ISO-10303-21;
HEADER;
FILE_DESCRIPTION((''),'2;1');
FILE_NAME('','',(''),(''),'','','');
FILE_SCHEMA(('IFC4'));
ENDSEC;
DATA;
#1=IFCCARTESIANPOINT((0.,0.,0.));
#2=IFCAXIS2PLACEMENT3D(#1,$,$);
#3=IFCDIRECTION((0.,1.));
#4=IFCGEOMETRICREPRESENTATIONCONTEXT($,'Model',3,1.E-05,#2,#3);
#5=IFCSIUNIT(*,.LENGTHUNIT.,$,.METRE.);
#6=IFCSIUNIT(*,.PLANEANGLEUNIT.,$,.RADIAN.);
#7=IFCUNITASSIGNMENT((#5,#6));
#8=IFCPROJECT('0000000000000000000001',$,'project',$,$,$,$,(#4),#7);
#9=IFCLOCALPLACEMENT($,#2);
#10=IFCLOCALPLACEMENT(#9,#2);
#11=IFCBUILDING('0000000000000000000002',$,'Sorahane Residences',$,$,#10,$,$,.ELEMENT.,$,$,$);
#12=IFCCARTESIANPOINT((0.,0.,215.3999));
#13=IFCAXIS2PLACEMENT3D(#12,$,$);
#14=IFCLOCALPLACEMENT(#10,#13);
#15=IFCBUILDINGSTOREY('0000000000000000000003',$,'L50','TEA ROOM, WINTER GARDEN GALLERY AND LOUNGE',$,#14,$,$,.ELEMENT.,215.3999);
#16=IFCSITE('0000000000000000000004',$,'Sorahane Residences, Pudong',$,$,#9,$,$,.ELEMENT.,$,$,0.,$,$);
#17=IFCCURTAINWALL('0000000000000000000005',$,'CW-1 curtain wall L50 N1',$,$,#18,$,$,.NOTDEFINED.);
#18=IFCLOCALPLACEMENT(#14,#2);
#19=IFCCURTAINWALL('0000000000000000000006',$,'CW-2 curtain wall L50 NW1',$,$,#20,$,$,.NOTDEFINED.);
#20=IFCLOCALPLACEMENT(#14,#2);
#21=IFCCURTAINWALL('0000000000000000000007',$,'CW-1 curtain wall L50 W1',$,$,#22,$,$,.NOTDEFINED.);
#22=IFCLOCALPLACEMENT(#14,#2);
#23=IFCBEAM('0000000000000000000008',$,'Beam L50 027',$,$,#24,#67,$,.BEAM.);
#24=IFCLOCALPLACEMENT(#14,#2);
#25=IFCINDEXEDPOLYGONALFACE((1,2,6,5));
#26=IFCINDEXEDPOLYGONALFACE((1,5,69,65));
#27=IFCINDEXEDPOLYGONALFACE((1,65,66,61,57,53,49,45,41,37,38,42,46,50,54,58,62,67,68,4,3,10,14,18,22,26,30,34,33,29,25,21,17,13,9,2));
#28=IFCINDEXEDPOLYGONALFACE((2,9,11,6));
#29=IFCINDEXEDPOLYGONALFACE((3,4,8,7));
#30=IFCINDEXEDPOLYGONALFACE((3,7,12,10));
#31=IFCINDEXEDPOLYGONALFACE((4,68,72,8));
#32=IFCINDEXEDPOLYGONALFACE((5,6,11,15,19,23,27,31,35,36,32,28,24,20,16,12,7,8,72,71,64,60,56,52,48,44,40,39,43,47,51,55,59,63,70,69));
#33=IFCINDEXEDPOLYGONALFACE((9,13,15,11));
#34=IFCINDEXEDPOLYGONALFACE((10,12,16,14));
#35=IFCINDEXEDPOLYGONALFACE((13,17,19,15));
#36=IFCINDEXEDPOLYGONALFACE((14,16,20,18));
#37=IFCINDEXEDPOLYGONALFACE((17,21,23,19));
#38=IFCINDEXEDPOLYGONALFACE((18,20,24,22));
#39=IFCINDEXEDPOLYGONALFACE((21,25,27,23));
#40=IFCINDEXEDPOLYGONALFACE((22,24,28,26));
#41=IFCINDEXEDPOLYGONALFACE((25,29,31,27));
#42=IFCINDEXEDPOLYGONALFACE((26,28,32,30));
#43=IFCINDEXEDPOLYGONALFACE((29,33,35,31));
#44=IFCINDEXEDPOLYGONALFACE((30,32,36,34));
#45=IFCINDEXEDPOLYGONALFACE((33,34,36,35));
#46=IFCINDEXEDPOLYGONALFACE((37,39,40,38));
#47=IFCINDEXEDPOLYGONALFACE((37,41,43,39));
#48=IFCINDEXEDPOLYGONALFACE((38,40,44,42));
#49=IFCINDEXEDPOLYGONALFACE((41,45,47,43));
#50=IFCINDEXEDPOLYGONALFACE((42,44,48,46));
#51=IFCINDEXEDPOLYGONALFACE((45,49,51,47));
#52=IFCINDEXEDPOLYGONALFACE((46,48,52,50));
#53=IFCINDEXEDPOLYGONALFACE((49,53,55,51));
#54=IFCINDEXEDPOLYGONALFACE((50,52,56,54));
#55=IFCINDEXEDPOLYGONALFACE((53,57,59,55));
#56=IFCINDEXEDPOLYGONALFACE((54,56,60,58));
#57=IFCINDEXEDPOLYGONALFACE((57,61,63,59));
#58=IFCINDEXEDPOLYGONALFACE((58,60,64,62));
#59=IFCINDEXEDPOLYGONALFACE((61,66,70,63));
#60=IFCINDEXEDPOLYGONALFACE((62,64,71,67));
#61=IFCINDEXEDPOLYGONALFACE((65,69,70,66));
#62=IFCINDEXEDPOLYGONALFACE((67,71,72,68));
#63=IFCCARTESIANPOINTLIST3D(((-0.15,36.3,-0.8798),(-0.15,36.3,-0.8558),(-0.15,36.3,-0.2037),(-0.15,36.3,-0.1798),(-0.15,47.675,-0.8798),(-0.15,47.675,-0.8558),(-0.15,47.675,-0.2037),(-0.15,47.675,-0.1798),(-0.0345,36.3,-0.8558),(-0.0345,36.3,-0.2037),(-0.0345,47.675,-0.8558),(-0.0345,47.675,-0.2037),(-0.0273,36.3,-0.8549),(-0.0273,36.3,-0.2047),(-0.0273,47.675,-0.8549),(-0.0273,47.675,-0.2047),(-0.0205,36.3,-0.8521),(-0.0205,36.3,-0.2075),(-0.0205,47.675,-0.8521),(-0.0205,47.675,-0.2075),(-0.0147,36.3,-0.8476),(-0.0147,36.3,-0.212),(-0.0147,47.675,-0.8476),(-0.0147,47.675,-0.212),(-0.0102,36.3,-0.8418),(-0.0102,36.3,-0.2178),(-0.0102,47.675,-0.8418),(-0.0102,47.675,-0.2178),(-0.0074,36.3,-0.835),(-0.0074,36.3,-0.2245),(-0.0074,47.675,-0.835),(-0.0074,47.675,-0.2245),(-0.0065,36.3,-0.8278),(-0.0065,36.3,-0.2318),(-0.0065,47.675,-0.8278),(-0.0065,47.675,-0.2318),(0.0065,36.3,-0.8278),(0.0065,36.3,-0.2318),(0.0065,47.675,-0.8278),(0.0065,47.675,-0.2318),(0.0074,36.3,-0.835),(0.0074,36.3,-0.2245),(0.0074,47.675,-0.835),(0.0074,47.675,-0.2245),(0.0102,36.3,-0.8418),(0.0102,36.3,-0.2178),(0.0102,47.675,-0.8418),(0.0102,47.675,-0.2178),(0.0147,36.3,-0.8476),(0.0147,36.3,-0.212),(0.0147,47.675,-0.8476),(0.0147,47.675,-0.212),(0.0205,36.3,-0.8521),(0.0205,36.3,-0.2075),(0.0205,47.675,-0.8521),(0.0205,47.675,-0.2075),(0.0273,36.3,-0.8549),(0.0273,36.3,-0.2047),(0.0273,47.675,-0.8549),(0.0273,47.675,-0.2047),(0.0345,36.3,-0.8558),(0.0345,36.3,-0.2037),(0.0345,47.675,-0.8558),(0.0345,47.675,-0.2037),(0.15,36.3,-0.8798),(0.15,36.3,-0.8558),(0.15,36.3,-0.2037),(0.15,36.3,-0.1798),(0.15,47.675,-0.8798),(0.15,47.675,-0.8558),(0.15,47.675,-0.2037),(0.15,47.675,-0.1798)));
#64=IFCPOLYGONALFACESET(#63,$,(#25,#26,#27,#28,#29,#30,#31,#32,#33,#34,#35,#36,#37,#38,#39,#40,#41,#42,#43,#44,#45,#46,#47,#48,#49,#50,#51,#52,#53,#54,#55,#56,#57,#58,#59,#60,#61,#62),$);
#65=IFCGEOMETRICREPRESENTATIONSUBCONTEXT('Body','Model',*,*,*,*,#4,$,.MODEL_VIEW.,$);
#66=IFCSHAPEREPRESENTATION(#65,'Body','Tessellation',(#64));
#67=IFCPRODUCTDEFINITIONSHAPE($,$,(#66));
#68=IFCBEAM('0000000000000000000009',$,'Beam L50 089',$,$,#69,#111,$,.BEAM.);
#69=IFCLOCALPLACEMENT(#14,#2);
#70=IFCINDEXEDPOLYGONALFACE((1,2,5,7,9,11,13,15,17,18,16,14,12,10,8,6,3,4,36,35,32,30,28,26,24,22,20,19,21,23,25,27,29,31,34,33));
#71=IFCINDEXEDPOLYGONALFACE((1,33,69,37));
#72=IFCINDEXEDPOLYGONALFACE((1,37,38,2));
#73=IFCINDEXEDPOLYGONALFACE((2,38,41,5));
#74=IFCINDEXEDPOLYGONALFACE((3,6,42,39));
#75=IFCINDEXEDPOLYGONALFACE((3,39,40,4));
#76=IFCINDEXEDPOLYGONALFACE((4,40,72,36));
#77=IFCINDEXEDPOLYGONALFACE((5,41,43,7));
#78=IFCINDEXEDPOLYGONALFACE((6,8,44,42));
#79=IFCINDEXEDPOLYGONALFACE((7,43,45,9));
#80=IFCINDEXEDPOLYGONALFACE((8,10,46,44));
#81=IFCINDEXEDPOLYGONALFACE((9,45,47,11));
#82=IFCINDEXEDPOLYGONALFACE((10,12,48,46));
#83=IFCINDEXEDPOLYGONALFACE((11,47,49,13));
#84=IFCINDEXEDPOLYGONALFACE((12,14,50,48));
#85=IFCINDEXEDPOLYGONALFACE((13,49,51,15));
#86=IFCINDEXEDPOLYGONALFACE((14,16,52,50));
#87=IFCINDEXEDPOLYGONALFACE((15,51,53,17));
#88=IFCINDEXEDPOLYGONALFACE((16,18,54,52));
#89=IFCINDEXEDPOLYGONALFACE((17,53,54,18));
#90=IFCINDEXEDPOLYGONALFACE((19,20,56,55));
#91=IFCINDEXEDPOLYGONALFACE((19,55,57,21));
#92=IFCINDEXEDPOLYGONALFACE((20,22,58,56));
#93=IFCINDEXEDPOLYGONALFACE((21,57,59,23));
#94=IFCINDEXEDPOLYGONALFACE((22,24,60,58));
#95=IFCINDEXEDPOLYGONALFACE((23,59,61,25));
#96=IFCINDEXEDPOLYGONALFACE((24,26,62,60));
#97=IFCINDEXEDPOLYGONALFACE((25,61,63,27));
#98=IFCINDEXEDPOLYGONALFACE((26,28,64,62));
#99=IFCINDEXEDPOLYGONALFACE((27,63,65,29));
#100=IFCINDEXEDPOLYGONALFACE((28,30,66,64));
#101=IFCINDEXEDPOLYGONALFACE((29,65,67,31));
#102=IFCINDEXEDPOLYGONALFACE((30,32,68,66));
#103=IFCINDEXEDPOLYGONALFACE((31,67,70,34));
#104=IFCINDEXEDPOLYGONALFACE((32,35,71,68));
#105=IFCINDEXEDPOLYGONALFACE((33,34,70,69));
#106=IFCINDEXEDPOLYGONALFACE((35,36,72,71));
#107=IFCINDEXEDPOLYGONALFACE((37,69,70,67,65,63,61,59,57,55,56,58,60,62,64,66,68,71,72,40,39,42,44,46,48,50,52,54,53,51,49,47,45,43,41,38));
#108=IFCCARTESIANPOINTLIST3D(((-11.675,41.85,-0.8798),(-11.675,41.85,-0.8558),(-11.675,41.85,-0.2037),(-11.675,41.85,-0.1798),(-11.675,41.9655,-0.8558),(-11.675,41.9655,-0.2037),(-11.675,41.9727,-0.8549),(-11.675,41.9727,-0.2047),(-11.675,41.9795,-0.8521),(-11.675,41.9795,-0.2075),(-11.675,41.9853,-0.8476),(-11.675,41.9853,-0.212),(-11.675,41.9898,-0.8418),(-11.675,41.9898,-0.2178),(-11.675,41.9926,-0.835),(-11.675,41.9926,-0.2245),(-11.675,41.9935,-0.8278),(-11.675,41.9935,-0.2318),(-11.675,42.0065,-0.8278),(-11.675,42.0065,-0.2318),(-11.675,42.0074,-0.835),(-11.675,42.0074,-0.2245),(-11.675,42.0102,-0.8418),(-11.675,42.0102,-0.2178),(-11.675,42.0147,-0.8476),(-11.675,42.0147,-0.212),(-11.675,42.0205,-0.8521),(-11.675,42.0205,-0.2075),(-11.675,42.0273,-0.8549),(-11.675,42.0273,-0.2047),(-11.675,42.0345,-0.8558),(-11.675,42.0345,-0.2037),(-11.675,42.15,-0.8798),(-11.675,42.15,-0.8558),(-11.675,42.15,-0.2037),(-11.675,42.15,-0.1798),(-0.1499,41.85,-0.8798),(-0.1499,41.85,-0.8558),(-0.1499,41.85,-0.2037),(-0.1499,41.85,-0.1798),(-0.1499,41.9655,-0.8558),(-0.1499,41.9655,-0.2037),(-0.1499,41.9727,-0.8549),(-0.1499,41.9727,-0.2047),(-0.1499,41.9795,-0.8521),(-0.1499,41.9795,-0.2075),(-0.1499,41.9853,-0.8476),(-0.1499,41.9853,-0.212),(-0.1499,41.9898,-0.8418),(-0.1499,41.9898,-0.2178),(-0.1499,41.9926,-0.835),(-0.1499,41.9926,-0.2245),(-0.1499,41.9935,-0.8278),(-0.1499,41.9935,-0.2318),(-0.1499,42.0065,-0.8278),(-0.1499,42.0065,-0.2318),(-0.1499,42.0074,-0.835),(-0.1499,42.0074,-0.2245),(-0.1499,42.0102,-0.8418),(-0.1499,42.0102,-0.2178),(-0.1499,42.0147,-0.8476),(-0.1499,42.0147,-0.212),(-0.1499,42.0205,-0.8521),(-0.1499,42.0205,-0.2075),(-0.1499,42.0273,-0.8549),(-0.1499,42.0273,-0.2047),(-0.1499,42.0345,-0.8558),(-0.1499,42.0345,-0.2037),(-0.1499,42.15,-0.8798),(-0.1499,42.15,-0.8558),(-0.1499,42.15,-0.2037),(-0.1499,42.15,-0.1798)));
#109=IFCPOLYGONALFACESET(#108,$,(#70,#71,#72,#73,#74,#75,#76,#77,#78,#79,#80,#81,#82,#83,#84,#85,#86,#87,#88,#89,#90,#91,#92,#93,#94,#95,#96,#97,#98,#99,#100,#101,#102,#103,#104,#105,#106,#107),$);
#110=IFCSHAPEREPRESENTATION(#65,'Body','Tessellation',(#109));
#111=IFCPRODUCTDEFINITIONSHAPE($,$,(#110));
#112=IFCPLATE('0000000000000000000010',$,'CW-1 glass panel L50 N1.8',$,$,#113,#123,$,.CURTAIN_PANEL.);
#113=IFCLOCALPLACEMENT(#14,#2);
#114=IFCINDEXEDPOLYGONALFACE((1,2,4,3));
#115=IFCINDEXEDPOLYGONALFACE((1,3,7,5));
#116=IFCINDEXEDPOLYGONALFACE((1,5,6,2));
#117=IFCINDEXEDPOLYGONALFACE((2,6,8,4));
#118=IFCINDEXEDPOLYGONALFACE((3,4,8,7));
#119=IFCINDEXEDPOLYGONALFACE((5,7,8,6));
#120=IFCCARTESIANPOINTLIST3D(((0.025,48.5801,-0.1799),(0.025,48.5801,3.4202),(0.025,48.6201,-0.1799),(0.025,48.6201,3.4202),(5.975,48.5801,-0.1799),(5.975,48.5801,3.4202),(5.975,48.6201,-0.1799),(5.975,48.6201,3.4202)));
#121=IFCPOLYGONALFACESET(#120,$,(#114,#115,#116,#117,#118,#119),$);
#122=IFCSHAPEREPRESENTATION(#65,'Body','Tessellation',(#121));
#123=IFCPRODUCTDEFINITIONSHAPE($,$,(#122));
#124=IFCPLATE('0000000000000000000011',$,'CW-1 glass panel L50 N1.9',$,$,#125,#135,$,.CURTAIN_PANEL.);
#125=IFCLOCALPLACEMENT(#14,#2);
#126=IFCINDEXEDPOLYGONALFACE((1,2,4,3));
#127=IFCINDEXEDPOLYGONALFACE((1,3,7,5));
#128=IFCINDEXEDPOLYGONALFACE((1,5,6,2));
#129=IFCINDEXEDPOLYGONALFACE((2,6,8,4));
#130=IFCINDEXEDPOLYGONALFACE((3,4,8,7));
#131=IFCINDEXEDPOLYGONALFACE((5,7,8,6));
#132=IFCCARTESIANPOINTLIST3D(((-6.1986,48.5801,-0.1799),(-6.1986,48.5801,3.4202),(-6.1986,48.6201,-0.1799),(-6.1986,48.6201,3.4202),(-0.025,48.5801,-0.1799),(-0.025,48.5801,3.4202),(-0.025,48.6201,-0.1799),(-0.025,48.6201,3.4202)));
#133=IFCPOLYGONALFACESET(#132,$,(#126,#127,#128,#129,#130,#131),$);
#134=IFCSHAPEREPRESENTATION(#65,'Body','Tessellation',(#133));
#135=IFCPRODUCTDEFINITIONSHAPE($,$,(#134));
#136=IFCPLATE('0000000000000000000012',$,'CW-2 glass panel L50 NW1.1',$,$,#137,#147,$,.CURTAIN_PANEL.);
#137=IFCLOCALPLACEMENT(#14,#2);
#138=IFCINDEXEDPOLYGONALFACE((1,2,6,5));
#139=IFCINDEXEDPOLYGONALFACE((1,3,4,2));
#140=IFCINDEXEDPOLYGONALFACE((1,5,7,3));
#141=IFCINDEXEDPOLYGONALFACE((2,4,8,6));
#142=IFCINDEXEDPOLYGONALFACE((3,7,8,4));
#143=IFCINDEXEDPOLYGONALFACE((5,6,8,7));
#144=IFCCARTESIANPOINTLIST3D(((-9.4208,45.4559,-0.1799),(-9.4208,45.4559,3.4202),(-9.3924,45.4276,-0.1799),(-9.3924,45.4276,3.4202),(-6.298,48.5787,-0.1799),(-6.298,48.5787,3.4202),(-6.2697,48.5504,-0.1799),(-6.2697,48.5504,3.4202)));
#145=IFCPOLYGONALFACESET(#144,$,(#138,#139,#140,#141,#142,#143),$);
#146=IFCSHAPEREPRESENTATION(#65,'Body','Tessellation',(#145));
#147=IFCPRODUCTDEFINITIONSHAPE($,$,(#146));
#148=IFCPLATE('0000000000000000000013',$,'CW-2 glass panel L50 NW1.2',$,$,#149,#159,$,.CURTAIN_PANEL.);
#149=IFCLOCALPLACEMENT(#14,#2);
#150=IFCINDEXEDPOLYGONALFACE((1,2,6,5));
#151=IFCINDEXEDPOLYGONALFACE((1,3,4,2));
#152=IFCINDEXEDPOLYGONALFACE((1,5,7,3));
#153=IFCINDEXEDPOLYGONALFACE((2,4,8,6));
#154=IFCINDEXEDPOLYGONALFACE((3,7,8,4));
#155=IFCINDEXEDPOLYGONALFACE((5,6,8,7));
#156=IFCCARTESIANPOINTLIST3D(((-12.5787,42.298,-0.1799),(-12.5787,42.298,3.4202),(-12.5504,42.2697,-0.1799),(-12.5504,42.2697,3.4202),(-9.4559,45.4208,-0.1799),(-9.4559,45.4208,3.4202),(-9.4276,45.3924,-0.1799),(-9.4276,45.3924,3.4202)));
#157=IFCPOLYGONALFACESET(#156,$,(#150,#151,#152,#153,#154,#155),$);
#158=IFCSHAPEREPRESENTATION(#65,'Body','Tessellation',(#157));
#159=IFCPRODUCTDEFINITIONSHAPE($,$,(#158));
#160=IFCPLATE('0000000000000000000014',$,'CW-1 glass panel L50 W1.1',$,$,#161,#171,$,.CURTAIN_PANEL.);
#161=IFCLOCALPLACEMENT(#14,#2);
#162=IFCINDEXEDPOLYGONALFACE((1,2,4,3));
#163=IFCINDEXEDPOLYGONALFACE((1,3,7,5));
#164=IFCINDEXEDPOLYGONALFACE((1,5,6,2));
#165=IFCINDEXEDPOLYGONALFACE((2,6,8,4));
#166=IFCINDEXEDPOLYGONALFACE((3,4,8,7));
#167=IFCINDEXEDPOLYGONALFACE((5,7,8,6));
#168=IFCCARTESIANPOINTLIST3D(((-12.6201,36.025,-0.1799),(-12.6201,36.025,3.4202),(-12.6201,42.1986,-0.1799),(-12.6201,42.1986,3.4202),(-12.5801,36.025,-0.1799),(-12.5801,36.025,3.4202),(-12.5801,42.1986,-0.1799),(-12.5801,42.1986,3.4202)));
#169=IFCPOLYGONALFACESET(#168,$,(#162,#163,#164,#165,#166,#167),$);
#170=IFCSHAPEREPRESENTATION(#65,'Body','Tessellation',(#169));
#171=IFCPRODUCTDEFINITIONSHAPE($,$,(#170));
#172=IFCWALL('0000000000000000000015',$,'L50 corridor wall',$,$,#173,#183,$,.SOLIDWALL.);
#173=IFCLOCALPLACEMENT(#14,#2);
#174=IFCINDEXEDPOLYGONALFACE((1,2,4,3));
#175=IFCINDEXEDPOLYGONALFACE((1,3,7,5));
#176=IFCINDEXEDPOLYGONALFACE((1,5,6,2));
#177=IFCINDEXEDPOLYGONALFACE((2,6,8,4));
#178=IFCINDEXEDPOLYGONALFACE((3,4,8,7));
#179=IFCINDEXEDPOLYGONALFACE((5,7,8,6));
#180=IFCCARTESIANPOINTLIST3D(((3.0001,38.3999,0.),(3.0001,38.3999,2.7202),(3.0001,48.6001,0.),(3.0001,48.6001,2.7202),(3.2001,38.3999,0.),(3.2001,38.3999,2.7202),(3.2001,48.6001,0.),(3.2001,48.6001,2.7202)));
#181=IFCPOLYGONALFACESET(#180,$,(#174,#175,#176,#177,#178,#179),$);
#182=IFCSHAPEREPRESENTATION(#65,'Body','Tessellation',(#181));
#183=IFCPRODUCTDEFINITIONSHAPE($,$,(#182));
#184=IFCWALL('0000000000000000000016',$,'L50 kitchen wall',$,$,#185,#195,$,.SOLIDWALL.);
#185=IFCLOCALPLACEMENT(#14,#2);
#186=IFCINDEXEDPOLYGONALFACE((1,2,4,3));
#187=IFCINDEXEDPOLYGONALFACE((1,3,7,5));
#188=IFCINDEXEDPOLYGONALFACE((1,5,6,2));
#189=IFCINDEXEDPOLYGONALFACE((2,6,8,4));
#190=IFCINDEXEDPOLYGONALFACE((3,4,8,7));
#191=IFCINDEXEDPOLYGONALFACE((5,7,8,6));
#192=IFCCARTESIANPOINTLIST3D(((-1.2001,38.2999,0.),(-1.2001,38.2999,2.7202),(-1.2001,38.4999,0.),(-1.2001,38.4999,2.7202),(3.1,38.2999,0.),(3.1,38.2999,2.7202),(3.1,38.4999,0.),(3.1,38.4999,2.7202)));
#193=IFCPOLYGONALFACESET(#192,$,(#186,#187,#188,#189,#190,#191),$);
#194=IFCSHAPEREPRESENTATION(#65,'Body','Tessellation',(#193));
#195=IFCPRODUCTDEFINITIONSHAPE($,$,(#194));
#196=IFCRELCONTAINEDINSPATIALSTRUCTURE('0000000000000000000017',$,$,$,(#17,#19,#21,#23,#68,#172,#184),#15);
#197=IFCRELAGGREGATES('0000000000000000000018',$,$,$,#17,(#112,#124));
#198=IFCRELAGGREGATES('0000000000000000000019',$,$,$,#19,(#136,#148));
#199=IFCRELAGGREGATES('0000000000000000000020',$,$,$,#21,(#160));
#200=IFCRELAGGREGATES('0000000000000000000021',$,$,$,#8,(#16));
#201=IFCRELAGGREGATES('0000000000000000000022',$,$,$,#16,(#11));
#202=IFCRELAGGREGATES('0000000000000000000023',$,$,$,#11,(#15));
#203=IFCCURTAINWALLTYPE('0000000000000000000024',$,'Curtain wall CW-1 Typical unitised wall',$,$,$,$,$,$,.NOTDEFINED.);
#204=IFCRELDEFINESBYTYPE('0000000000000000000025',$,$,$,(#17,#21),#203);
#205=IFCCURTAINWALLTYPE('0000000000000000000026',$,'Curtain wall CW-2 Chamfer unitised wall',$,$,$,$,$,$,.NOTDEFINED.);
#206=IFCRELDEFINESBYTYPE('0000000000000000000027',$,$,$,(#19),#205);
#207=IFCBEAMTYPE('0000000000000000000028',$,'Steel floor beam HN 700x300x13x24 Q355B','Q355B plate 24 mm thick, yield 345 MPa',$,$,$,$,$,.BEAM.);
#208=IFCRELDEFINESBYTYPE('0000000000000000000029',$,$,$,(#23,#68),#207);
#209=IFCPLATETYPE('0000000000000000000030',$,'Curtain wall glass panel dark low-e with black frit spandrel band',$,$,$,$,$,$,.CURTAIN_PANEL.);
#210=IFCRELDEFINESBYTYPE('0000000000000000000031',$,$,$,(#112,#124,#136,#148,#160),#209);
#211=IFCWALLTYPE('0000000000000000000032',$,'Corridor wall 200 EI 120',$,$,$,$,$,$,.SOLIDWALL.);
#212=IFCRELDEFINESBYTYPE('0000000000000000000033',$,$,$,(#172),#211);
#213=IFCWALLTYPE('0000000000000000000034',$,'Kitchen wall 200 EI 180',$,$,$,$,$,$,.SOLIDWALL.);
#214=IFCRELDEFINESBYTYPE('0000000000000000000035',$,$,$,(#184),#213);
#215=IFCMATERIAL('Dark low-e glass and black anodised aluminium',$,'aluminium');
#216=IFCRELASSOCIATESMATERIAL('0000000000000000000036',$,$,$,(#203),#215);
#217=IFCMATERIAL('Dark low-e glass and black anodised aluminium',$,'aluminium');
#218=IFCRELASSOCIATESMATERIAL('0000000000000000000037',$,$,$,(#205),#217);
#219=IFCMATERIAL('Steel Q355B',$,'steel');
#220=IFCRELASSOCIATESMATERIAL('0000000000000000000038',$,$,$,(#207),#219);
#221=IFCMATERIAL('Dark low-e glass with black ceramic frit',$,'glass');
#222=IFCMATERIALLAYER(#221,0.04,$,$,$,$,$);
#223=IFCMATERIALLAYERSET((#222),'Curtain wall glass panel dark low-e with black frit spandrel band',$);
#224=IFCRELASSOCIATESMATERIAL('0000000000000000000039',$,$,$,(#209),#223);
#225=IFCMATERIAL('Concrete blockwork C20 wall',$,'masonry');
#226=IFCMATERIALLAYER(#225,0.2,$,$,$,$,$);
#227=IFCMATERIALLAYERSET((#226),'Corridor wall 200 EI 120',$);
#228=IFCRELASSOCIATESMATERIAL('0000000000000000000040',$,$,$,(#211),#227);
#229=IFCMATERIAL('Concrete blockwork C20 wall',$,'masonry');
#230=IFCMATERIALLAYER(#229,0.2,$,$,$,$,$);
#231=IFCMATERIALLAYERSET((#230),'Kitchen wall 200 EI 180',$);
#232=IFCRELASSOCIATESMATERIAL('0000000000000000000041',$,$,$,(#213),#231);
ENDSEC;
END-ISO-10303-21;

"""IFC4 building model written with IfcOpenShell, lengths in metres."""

from ifc_helpers import new_model, si_unit, direction, frame, frame_2d, origin, origin_2d, place, context, subcontext, project, spatial, rectangle, i_section, extrude, material, layer, layer_set, material_profile, profile_set, type_object, element, aggregate, save


model = new_model("IFC4")

# Units and contexts
model_context = context("Model", 3, precision=1e-05, world=origin(), true_north=direction((0.0, 1.0)))
body_context = subcontext(model_context, "Body", "Model", "MODEL_VIEW")
ifc_project = project(units=[si_unit("LENGTHUNIT", "METRE"), si_unit("PLANEANGLEUNIT", "RADIAN")], contexts=[model_context])

# Site, building, storey
site_placement = place(None, origin())
site = spatial("IfcSite", under=ifc_project, at=site_placement, Name="Sorahane Residences, Pudong", CompositionType="ELEMENT", RefElevation=0.0)
building_placement = place(site_placement, origin())
building = spatial("IfcBuilding", under=site, at=building_placement, Name="Sorahane Residences", CompositionType="ELEMENT")
storey_placement = place(building_placement, frame((0.0, 0.0, 215.3999)))
storey = spatial("IfcBuildingStorey", under=building, at=storey_placement, Name="L50", Description="TEA ROOM, WINTER GARDEN GALLERY AND LOUNGE", CompositionType="ELEMENT", Elevation=215.3999)

# Curtain walls
ifc_material_1 = material(Name="Dark low-e glass and black anodised aluminium", Category="aluminium")
curtain_wall_type_1 = type_object("IfcCurtainWallType", Name="Curtain wall CW-1 Typical unitised wall", PredefinedType="NOTDEFINED", material=ifc_material_1)
curtain_wall_1_placement = place(storey_placement, origin())
curtain_wall_1 = element("IfcCurtainWall", 1, at=curtain_wall_1_placement, inside=storey, type_object=curtain_wall_type_1, Name="CW-1 curtain wall L50 N1", PredefinedType="NOTDEFINED")
ifc_material_2 = material(Name="Dark low-e glass and black anodised aluminium", Category="aluminium")
curtain_wall_type_2 = type_object("IfcCurtainWallType", Name="Curtain wall CW-2 Chamfer unitised wall", PredefinedType="NOTDEFINED", material=ifc_material_2)
curtain_wall_2_placement = place(storey_placement, origin())
curtain_wall_2 = element("IfcCurtainWall", 2, at=curtain_wall_2_placement, inside=storey, type_object=curtain_wall_type_2, Name="CW-2 curtain wall L50 NW1", PredefinedType="NOTDEFINED")

# Curtain wall
curtain_wall_3_placement = place(storey_placement, origin())
curtain_wall_3 = element("IfcCurtainWall", 3, at=curtain_wall_3_placement, inside=storey, type_object=curtain_wall_type_1, Name="CW-1 curtain wall L50 W1", PredefinedType="NOTDEFINED")

# Beams
ifc_material_3 = material(Name="Steel Q355B", Category="steel")
ifc_material_profile_1 = material_profile(ifc_material_3, i_section(OverallWidth=0.3, OverallDepth=0.7, WebThickness=0.0129, FlangeThickness=0.0239, FilletRadius=0.0281, at=origin_2d()), Name="HN 700x300x13x24")
ifc_profile_set_1 = profile_set([ifc_material_profile_1], Name="Steel Q355B")
beam_type_1 = type_object("IfcBeamType", Name="Steel floor beam HN 700x300x13x24 Q355B", Description="Q355B plate 24 mm thick, yield 345 MPa", PredefinedType="BEAM", material=ifc_profile_set_1)
beam_1_placement = place(storey_placement, frame((0.0, 36.3, -0.5298), z_axis=(0.0, 1.0, 0.0), x_axis=(-1.0, 0.0, 0.0)))
element("IfcBeam", 4, at=beam_1_placement, inside=storey, type_object=beam_type_1, Name="Beam L50 027", PredefinedType="BEAM", context=body_context, shape_type="SweptSolid", body=[
    extrude(i_section(OverallWidth=0.3, OverallDepth=0.7, WebThickness=0.0129, FlangeThickness=0.0239, FilletRadius=0.0281, at=origin_2d()), origin(), (0.0, 0.0, 1.0), 11.375),
])
beam_2_placement = place(storey_placement, frame((-11.675, 42.0, -0.5298), z_axis=(1.0, 0.0, 0.0), x_axis=(0.0, 1.0, 0.0)))
element("IfcBeam", 5, at=beam_2_placement, inside=storey, type_object=beam_type_1, Name="Beam L50 089", PredefinedType="BEAM", context=body_context, shape_type="SweptSolid", body=[
    extrude(i_section(OverallWidth=0.3, OverallDepth=0.7, WebThickness=0.0129, FlangeThickness=0.0239, FilletRadius=0.0281, at=origin_2d()), origin(), (0.0, 0.0, 1.0), 11.5251),
])

# Plates
ifc_material_4 = material(Name="Dark low-e glass with black ceramic frit", Category="glass")
ifc_layer_1 = layer(ifc_material_4, 0.04)
ifc_layer_set_1 = layer_set([ifc_layer_1], Name="Curtain wall glass panel dark low-e with black frit spandrel band")
plate_type = type_object("IfcPlateType", Name="Curtain wall glass panel dark low-e with black frit spandrel band", PredefinedType="CURTAIN_PANEL", material=ifc_layer_set_1)
plate_1_placement = place(storey_placement, frame((3.0, 48.6001, -0.1799), z_axis=(0.0, 0.0, 1.0), x_axis=(-1.0, 0.0, 0.0)))
plate_1 = element("IfcPlate", 6, at=plate_1_placement, type_object=plate_type, Name="CW-1 glass panel L50 N1.8", PredefinedType="CURTAIN_PANEL", context=body_context, shape_type="SweptSolid", body=[
    extrude(rectangle(XDim=5.95, YDim=0.04, at=origin_2d()), origin(), (0.0, 0.0, 1.0), 3.6001),
])
plate_2_placement = place(storey_placement, frame((-3.1118, 48.6001, -0.1799), z_axis=(0.0, 0.0, 1.0), x_axis=(-1.0, 0.0, 0.0)))
plate_2 = element("IfcPlate", 7, at=plate_2_placement, type_object=plate_type, Name="CW-1 glass panel L50 N1.9", PredefinedType="CURTAIN_PANEL", context=body_context, shape_type="SweptSolid", body=[
    extrude(rectangle(XDim=6.1736, YDim=0.04, at=origin_2d()), origin(), (0.0, 0.0, 1.0), 3.6001),
])
aggregate(curtain_wall_1, [plate_1, plate_2])
plate_3_placement = place(storey_placement, frame((-7.8452, 47.0032, -0.1799), z_axis=(0.0, 0.0, 1.0), x_axis=(-0.707107, -0.707107, 0.0)))
plate_3 = element("IfcPlate", 8, at=plate_3_placement, type_object=plate_type, Name="CW-2 glass panel L50 NW1.1", PredefinedType="CURTAIN_PANEL", context=body_context, shape_type="SweptSolid", body=[
    extrude(rectangle(XDim=4.4163, YDim=0.04, at=origin_2d()), origin(), (0.0, 0.0, 1.0), 3.6001),
])
plate_4_placement = place(storey_placement, frame((-11.0032, 43.8452, -0.1799), z_axis=(0.0, 0.0, 1.0), x_axis=(-0.707107, -0.707107, 0.0)))
plate_4 = element("IfcPlate", 9, at=plate_4_placement, type_object=plate_type, Name="CW-2 glass panel L50 NW1.2", PredefinedType="CURTAIN_PANEL", context=body_context, shape_type="SweptSolid", body=[
    extrude(rectangle(XDim=4.4163, YDim=0.04, at=origin_2d()), origin(), (0.0, 0.0, 1.0), 3.6001),
])
aggregate(curtain_wall_2, [plate_3, plate_4])
plate_5_placement = place(storey_placement, frame((-12.6001, 39.1118, -0.1799), z_axis=(0.0, 0.0, 1.0), x_axis=(0.0, -1.0, 0.0)))
plate_5 = element("IfcPlate", 10, at=plate_5_placement, type_object=plate_type, Name="CW-1 glass panel L50 W1.1", PredefinedType="CURTAIN_PANEL", context=body_context, shape_type="SweptSolid", body=[
    extrude(rectangle(XDim=6.1736, YDim=0.04, at=origin_2d()), origin(), (0.0, 0.0, 1.0), 3.6001),
])
aggregate(curtain_wall_3, [plate_5])

# Walls
ifc_material_5 = material(Name="Concrete blockwork C20 wall", Category="masonry")
ifc_layer_2 = layer(ifc_material_5, 0.2)
ifc_layer_set_2 = layer_set([ifc_layer_2], Name="Corridor wall 200 EI 120")
wall_type_1 = type_object("IfcWallType", Name="Corridor wall 200 EI 120", PredefinedType="SOLIDWALL", material=ifc_layer_set_2)
wall_1_placement = place(storey_placement, frame((3.1001, 38.3999, 0.0), z_axis=(0.0, 0.0, 1.0), x_axis=(0.0, 1.0, 0.0)))
element("IfcWall", 11, at=wall_1_placement, inside=storey, type_object=wall_type_1, Name="L50 corridor wall", PredefinedType="SOLIDWALL", context=body_context, shape_type="SweptSolid", body=[
    extrude(rectangle(XDim=10.2002, YDim=0.2, at=frame_2d((5.1001, 0.0))), origin(), (0.0, 0.0, 1.0), 2.7202),
])
ifc_material_6 = material(Name="Concrete blockwork C20 wall", Category="masonry")
ifc_layer_3 = layer(ifc_material_6, 0.2)
ifc_layer_set_3 = layer_set([ifc_layer_3], Name="Kitchen wall 200 EI 180")
wall_type_2 = type_object("IfcWallType", Name="Kitchen wall 200 EI 180", PredefinedType="SOLIDWALL", material=ifc_layer_set_3)
wall_2_placement = place(storey_placement, frame((-1.2, 38.3999, 0.0), z_axis=(0.0, 0.0, 1.0), x_axis=(1.0, 0.0, 0.0)))
element("IfcWall", 12, at=wall_2_placement, inside=storey, type_object=wall_type_2, Name="L50 kitchen wall", PredefinedType="SOLIDWALL", context=body_context, shape_type="SweptSolid", body=[
    extrude(rectangle(XDim=4.3, YDim=0.2, at=frame_2d((2.1499, 0.0))), origin(), (0.0, 0.0, 1.0), 2.7202),
])

save(model, "model.ifc")
